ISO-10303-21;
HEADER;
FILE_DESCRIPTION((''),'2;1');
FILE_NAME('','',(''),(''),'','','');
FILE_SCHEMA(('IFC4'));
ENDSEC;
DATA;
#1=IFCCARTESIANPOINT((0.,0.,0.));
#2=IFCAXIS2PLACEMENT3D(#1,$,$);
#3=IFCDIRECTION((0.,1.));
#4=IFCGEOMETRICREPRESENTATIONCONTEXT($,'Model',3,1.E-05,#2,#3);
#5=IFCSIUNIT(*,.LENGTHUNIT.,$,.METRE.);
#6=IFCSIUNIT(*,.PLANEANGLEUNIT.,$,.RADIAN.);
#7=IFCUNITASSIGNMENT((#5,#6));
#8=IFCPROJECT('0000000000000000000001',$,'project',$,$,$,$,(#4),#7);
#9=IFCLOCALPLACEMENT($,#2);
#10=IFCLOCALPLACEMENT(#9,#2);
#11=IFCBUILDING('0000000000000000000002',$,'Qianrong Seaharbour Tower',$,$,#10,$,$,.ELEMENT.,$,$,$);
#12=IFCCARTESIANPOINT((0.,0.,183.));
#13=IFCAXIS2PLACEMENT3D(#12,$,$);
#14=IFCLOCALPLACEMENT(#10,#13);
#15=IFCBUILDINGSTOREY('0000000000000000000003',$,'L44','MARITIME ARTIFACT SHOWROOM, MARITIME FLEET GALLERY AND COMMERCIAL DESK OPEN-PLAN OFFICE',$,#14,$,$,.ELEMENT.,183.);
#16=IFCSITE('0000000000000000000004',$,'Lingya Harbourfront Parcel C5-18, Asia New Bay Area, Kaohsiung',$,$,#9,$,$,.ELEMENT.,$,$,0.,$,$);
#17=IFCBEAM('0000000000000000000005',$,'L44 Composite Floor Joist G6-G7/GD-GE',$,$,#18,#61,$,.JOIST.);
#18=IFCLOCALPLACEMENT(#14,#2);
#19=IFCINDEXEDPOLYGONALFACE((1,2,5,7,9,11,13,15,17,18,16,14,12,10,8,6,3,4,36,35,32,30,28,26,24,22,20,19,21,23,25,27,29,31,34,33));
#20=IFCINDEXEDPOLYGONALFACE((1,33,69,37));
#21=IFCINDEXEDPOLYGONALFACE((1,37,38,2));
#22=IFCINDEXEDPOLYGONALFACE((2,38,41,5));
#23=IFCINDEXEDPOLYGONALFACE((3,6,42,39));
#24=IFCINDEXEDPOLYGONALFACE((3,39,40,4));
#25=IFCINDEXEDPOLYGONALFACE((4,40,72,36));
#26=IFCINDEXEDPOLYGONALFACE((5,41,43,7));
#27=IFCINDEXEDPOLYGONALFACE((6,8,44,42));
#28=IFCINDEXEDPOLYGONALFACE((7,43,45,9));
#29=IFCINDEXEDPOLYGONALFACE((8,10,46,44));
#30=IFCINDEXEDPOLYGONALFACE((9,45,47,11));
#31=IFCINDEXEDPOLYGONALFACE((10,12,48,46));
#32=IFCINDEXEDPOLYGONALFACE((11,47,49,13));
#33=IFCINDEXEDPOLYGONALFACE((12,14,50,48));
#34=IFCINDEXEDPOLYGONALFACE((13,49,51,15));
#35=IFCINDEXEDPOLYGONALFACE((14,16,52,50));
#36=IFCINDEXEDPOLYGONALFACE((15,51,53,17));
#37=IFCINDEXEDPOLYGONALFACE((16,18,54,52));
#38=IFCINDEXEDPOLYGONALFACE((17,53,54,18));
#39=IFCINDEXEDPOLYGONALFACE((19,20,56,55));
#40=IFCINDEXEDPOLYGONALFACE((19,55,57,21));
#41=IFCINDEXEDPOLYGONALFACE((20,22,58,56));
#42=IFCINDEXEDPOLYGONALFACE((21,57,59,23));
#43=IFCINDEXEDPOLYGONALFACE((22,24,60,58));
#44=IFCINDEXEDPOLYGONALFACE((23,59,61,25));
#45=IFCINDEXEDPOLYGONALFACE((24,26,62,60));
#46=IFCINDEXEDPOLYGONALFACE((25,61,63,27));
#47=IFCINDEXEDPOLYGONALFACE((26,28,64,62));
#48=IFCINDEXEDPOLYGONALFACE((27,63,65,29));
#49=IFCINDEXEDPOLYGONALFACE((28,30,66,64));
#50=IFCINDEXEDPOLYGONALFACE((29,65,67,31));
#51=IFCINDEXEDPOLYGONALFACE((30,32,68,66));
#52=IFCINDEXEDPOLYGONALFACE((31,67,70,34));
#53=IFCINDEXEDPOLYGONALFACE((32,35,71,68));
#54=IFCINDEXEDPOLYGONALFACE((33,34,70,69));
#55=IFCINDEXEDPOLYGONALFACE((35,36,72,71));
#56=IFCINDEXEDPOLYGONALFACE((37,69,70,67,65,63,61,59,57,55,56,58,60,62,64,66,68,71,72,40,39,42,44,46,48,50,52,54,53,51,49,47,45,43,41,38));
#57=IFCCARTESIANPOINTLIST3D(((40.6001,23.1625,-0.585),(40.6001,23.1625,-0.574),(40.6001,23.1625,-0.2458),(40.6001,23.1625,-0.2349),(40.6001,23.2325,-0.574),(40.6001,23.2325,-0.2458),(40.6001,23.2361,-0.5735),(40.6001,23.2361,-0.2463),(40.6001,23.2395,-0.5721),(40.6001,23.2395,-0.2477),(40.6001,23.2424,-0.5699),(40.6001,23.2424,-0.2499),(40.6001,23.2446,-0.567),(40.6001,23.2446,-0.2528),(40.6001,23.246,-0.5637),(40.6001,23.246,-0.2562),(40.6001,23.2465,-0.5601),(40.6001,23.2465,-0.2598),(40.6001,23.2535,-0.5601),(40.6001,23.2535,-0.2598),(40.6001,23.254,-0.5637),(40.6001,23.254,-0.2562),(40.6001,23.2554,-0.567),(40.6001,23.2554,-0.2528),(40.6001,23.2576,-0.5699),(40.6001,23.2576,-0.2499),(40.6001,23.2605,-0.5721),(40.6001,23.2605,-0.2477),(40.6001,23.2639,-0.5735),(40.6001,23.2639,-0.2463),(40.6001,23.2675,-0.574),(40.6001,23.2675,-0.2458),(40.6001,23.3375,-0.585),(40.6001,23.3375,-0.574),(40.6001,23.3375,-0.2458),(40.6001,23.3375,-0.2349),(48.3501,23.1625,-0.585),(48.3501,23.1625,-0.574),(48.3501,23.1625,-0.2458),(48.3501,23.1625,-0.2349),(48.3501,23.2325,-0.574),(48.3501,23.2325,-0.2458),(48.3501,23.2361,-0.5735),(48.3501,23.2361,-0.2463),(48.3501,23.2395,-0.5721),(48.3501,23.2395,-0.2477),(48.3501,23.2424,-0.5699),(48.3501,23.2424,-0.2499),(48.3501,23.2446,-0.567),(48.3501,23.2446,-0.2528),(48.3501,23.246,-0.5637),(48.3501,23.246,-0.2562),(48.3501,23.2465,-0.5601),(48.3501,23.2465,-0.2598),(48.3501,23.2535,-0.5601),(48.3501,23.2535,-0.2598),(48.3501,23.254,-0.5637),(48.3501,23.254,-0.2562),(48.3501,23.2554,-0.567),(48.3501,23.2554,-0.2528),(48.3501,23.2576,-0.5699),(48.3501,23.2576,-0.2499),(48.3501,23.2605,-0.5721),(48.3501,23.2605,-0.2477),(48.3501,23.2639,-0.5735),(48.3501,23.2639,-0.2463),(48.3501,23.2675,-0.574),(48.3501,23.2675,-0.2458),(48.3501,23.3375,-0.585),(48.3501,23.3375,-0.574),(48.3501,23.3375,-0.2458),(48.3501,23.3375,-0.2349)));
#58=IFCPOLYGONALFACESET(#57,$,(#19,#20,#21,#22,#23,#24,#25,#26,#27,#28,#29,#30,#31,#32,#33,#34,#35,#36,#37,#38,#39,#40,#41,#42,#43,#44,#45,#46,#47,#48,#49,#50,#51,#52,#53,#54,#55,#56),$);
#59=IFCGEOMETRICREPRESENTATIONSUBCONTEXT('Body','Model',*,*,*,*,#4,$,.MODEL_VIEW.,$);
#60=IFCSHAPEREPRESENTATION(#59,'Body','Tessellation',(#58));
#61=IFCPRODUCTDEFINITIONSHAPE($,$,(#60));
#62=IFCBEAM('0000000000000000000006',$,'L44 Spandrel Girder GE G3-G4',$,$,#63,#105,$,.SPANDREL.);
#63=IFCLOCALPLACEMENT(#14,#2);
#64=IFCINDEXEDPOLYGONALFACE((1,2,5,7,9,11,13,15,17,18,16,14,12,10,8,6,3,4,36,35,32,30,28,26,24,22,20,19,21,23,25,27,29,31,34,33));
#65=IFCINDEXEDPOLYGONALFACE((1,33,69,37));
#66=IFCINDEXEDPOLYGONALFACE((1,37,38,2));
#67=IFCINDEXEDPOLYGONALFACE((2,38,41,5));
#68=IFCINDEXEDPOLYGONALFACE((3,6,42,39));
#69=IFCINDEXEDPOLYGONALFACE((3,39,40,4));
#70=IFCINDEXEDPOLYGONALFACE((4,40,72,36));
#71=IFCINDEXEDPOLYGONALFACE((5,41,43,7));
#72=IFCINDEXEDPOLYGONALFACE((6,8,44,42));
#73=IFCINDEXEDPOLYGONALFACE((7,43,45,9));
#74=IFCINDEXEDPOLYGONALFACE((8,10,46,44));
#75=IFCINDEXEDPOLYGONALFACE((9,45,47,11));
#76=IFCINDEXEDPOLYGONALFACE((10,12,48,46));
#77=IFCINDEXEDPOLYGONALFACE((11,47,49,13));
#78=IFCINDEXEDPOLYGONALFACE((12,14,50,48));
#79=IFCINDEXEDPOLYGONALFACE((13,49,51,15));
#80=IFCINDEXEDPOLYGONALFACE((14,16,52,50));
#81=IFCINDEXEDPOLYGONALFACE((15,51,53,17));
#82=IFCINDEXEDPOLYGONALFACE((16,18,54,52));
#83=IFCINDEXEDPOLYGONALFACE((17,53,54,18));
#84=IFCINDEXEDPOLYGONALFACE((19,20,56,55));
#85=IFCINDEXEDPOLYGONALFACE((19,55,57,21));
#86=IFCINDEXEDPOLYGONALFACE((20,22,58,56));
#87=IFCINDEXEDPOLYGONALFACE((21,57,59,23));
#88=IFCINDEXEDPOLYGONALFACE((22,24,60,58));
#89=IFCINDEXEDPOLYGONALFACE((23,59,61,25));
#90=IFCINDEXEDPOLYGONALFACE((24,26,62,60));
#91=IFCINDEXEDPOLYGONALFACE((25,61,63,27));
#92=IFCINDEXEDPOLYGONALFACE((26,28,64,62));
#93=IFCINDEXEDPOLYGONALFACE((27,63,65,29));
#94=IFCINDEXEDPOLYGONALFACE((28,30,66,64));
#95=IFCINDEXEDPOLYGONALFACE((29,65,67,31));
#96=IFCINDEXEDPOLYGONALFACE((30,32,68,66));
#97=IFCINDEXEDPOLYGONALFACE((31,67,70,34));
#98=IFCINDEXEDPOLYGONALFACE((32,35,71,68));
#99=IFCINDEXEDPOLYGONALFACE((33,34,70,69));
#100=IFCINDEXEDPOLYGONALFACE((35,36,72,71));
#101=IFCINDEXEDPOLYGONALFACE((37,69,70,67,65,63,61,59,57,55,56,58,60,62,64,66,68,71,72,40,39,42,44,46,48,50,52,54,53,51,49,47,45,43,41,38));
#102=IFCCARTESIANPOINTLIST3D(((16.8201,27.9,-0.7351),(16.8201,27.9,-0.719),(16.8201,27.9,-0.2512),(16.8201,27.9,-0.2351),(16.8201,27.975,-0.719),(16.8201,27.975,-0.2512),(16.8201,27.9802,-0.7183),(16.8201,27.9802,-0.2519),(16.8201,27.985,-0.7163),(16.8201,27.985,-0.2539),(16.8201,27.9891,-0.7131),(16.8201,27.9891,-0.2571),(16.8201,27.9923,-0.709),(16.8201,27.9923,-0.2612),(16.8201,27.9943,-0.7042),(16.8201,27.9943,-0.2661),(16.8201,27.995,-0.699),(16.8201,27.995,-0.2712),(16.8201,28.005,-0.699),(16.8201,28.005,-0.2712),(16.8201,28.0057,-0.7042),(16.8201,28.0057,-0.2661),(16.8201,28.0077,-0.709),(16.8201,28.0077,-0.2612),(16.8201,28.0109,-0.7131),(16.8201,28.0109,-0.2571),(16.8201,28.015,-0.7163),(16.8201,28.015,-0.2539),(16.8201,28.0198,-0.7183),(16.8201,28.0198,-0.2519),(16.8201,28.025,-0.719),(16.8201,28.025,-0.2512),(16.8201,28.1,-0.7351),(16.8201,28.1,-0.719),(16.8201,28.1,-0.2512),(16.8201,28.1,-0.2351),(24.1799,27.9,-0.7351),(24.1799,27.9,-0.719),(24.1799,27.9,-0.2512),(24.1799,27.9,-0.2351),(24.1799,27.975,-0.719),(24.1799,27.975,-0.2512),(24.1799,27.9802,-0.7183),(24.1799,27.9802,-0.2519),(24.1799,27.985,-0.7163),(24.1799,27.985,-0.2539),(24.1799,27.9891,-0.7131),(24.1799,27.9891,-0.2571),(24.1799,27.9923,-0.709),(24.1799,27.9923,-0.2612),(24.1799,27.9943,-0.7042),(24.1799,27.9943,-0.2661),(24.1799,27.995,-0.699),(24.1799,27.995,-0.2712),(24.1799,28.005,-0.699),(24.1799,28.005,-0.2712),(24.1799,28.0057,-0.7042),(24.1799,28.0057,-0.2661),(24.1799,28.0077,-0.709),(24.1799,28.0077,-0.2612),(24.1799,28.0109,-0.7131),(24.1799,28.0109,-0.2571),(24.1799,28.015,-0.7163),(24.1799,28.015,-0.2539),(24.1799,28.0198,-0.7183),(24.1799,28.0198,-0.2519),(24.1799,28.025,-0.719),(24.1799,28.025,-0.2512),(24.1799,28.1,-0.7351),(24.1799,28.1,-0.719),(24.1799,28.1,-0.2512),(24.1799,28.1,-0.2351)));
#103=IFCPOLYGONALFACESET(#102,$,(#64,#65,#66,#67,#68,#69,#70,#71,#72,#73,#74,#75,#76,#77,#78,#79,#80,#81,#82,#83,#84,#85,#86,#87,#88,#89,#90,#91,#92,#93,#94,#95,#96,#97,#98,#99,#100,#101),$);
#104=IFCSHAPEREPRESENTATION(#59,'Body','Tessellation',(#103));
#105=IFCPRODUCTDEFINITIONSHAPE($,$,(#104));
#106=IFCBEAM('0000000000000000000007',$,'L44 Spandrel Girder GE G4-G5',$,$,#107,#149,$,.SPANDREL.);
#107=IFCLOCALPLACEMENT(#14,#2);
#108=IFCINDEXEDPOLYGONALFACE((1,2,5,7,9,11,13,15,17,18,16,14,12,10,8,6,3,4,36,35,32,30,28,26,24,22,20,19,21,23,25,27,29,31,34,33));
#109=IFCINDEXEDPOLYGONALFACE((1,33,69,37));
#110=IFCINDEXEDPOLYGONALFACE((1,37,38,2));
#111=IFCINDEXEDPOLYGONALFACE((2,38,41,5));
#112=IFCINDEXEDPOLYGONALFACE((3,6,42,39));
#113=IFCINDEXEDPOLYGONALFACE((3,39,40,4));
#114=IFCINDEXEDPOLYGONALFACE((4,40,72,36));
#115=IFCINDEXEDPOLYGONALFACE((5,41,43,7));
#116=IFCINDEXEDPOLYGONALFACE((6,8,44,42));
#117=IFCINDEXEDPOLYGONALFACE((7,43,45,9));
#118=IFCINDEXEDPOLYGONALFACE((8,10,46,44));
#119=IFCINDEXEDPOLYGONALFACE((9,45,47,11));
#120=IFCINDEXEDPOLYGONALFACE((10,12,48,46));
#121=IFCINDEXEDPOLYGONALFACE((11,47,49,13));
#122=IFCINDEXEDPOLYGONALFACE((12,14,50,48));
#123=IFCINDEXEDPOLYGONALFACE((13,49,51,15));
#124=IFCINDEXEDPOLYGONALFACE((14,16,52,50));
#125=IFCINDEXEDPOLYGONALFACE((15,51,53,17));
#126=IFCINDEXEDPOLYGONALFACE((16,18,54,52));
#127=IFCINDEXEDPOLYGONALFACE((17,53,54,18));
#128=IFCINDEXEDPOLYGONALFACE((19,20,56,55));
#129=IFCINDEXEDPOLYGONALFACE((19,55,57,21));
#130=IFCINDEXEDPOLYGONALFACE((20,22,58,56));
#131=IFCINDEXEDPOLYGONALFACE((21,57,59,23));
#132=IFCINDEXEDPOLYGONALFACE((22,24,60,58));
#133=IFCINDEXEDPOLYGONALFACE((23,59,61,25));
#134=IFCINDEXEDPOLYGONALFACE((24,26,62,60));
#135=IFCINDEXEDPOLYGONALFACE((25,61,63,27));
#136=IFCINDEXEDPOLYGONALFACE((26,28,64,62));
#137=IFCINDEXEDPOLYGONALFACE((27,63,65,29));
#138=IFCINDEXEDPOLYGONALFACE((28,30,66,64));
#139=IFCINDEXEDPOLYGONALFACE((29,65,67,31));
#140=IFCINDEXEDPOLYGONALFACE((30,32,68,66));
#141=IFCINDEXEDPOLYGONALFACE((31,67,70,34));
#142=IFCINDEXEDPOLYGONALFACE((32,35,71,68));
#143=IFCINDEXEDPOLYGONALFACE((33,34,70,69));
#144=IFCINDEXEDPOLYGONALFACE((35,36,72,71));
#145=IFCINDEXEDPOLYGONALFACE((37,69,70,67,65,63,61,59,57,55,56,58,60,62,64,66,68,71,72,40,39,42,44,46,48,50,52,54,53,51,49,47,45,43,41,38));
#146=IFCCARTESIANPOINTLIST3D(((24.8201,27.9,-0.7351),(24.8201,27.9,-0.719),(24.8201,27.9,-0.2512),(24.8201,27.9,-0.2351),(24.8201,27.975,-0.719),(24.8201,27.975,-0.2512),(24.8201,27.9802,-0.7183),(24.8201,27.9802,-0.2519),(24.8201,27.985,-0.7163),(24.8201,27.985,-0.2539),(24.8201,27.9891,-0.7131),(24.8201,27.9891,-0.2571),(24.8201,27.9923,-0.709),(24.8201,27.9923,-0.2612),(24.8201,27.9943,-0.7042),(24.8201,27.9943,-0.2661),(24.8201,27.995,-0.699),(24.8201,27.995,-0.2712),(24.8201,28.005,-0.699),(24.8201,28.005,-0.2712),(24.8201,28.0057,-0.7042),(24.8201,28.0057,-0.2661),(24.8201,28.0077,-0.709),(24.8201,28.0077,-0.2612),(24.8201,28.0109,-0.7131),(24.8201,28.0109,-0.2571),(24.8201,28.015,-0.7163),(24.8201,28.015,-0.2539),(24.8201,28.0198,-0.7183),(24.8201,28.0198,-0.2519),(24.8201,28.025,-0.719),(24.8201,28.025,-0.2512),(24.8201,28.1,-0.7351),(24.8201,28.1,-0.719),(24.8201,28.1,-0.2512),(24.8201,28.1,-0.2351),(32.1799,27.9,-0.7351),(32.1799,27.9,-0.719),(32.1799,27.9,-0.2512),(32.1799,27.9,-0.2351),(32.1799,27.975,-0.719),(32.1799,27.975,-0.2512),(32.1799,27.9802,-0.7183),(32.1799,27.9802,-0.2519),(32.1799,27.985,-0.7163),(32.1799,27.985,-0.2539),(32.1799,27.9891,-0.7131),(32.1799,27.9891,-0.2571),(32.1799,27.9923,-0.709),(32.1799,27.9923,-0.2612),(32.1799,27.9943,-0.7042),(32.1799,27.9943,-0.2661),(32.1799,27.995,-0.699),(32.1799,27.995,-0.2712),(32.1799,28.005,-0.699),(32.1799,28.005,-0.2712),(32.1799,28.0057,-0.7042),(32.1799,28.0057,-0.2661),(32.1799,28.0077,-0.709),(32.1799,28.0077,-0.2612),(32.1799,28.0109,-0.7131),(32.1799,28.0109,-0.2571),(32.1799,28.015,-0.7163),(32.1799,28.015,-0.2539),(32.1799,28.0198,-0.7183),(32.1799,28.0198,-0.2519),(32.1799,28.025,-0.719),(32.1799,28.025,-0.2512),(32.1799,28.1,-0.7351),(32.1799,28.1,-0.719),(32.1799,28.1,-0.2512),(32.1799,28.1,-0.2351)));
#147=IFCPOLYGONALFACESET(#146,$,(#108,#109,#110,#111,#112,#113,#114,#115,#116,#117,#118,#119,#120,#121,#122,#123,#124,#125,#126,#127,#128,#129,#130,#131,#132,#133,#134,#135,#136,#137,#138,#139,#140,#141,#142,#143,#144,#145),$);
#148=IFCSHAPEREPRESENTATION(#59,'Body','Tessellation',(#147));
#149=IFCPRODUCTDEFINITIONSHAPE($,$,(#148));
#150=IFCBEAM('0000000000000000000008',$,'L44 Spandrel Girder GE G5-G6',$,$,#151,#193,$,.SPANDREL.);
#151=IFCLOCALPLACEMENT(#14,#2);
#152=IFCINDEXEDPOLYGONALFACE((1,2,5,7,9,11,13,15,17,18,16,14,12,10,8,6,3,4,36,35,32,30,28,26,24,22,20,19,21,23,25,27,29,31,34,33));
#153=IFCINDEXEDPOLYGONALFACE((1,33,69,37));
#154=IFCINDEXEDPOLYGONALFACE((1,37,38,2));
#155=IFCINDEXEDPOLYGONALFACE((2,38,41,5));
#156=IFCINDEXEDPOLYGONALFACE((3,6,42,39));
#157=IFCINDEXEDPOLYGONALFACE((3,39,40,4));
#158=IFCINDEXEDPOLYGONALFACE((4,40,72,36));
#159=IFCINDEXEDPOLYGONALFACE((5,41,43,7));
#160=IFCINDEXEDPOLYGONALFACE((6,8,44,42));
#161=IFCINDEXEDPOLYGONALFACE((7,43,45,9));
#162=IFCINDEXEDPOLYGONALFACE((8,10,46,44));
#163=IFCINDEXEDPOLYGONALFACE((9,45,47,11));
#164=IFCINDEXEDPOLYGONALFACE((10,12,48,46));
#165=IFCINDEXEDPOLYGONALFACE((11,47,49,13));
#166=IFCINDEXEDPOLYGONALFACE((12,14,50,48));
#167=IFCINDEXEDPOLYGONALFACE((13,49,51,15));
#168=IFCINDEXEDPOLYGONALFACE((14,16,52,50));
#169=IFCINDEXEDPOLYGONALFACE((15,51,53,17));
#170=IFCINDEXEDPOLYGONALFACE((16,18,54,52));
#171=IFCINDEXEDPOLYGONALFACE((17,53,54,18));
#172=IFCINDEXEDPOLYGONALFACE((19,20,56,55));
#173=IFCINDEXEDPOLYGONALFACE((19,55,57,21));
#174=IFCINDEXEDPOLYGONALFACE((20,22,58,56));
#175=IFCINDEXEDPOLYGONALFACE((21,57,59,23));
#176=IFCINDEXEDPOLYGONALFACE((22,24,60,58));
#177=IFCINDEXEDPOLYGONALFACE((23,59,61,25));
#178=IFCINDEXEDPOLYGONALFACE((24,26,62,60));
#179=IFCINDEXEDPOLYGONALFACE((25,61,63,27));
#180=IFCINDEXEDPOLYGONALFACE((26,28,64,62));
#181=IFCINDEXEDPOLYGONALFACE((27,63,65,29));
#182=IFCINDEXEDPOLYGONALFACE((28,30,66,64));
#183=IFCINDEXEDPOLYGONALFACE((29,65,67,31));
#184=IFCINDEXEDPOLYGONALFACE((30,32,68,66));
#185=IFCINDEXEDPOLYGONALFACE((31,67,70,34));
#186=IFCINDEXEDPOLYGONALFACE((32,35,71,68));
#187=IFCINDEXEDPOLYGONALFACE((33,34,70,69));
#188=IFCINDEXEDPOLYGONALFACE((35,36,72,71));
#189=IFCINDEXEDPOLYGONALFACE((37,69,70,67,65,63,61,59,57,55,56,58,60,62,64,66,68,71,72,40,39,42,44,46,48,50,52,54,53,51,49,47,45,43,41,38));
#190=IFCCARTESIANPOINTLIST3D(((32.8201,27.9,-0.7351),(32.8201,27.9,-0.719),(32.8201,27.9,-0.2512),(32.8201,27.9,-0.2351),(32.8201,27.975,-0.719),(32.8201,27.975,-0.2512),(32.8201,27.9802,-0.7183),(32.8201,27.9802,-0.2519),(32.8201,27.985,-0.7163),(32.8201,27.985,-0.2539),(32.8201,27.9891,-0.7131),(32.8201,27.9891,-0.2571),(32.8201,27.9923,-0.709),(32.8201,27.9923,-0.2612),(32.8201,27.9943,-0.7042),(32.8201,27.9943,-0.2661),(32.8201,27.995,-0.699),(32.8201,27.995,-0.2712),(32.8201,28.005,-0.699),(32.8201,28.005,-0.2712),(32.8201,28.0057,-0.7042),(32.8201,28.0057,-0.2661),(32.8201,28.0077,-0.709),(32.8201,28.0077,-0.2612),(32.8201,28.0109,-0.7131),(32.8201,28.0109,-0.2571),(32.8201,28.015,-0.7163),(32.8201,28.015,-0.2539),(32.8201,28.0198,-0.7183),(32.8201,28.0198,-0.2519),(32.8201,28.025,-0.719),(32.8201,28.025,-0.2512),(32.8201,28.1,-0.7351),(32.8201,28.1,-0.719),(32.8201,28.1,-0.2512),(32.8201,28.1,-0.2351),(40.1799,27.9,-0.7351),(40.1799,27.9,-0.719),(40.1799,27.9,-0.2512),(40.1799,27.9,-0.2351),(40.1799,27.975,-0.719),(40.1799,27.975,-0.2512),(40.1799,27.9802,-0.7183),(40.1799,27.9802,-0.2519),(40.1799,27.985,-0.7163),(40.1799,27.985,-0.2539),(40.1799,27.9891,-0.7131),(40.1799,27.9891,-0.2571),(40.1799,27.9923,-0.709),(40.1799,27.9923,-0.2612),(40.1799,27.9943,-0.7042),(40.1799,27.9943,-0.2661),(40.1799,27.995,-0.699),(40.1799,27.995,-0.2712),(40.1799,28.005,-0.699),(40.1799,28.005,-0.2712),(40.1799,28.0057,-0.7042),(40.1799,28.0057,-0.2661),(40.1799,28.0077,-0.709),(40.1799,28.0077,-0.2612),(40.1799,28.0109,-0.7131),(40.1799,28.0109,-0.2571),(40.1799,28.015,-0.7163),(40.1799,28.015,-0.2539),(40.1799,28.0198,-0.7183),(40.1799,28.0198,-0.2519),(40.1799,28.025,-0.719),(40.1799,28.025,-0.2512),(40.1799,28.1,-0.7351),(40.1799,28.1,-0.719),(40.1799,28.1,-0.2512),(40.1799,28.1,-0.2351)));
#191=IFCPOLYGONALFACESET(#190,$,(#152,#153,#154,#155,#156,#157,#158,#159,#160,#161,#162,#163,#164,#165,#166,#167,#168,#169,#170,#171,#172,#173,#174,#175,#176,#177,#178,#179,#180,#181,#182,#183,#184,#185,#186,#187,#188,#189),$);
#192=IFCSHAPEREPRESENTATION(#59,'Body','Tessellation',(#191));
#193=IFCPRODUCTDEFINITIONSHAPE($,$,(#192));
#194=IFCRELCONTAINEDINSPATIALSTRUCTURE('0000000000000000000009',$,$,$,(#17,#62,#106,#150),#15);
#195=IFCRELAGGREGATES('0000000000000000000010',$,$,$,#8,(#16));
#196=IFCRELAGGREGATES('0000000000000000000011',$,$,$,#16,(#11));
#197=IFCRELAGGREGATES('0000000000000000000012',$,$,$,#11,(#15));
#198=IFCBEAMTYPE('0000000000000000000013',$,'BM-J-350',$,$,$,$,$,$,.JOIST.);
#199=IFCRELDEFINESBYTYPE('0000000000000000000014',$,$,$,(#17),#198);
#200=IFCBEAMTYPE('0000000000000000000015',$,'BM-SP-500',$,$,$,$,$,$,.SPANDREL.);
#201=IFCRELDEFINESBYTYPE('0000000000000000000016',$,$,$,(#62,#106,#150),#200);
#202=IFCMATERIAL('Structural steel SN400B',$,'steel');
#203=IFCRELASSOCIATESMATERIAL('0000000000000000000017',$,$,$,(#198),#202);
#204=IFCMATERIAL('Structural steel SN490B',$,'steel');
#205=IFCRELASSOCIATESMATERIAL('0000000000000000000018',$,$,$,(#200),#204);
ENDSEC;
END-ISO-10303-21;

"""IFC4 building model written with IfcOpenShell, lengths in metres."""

from ifc_helpers import new_model, si_unit, direction, frame, origin, origin_2d, place, context, subcontext, project, spatial, i_section, extrude, material, material_profile, profile_set, type_object, element, save


model = new_model("IFC4")

# Units and contexts
model_context = context("Model", 3, precision=1e-05, world=origin(), true_north=direction((0.0, 1.0)))
body_context = subcontext(model_context, "Body", "Model", "MODEL_VIEW")
ifc_project = project(units=[si_unit("LENGTHUNIT", "METRE"), si_unit("PLANEANGLEUNIT", "RADIAN")], contexts=[model_context])

# Site, building, storey
site_placement = place(None, origin())
site = spatial("IfcSite", under=ifc_project, at=site_placement, Name="Lingya Harbourfront Parcel C5-18, Asia New Bay Area, Kaohsiung", CompositionType="ELEMENT", RefElevation=0.0)
building_placement = place(site_placement, origin())
building = spatial("IfcBuilding", under=site, at=building_placement, Name="Qianrong Seaharbour Tower", CompositionType="ELEMENT")
storey_placement = place(building_placement, frame((0.0, 0.0, 183.0)))
storey = spatial("IfcBuildingStorey", under=building, at=storey_placement, Name="L44", Description="MARITIME ARTIFACT SHOWROOM, MARITIME FLEET GALLERY AND COMMERCIAL DESK OPEN-PLAN OFFICE", CompositionType="ELEMENT", Elevation=183.0)

# Shared definitions
ifc_material_1 = material(Name="Structural steel SN490B", Category="steel")

# Beams
ifc_material_2 = material(Name="Structural steel SN400B", Category="steel")
ifc_material_profile_1 = material_profile(ifc_material_2, i_section(OverallWidth=0.175, OverallDepth=0.3501, WebThickness=0.0071, FlangeThickness=0.011, FilletRadius=0.0139, at=origin_2d()), Name="H350x175x7x11")
ifc_profile_set_1 = profile_set([ifc_material_profile_1], Name="Structural steel SN400B")
beam_type_1 = type_object("IfcBeamType", Name="BM-J-350", PredefinedType="JOIST", material=ifc_profile_set_1)
beam_1_placement = place(storey_placement, frame((40.6001, 23.25, -0.4099), z_axis=(1.0, 0.0, 0.0), x_axis=(0.0, 1.0, 0.0)))
element("IfcBeam", 1, at=beam_1_placement, inside=storey, type_object=beam_type_1, Name="L44 Composite Floor Joist G6-G7/GD-GE", PredefinedType="JOIST", context=body_context, shape_type="SweptSolid", body=[
    extrude(i_section(OverallWidth=0.175, OverallDepth=0.3501, WebThickness=0.0071, FlangeThickness=0.011, FilletRadius=0.0139, at=origin_2d()), origin(), (0.0, 0.0, 1.0), 7.75),
])
ifc_material_profile_2 = material_profile(ifc_material_1, i_section(OverallWidth=0.2, OverallDepth=0.5, WebThickness=0.01, FlangeThickness=0.0161, FilletRadius=0.02, at=origin_2d()), Name="H500x200x10x16")
ifc_profile_set_2 = profile_set([ifc_material_profile_2], Name="Structural steel SN490B")
beam_type_2 = type_object("IfcBeamType", Name="BM-SP-500", PredefinedType="SPANDREL", material=ifc_profile_set_2)
for number, where, z_axis, x_axis, name in (
    (2, (16.8201, 28.0, -0.4851), (1.0, 0.0, 0.0), (0.0, 1.0, 0.0), "L44 Spandrel Girder GE G3-G4"),
    (3, (24.8201, 28.0, -0.4851), (1.0, 0.0, 0.0), (0.0, 1.0, 0.0), "L44 Spandrel Girder GE G4-G5"),
    (4, (32.8201, 28.0, -0.4851), (1.0, 0.0, 0.0), (0.0, 1.0, 0.0), "L44 Spandrel Girder GE G5-G6"),
):
    element("IfcBeam", number, at=place(storey_placement, frame(where, z_axis=z_axis, x_axis=x_axis)), inside=storey, type_object=beam_type_2, Name=name, PredefinedType="SPANDREL", context=body_context, shape_type="SweptSolid", body=[
        extrude(i_section(OverallWidth=0.2, OverallDepth=0.5, WebThickness=0.01, FlangeThickness=0.0161, FilletRadius=0.02, at=origin_2d()), origin(), (0.0, 0.0, 1.0), 7.3599),
    ])

save(model, "model.ifc")
